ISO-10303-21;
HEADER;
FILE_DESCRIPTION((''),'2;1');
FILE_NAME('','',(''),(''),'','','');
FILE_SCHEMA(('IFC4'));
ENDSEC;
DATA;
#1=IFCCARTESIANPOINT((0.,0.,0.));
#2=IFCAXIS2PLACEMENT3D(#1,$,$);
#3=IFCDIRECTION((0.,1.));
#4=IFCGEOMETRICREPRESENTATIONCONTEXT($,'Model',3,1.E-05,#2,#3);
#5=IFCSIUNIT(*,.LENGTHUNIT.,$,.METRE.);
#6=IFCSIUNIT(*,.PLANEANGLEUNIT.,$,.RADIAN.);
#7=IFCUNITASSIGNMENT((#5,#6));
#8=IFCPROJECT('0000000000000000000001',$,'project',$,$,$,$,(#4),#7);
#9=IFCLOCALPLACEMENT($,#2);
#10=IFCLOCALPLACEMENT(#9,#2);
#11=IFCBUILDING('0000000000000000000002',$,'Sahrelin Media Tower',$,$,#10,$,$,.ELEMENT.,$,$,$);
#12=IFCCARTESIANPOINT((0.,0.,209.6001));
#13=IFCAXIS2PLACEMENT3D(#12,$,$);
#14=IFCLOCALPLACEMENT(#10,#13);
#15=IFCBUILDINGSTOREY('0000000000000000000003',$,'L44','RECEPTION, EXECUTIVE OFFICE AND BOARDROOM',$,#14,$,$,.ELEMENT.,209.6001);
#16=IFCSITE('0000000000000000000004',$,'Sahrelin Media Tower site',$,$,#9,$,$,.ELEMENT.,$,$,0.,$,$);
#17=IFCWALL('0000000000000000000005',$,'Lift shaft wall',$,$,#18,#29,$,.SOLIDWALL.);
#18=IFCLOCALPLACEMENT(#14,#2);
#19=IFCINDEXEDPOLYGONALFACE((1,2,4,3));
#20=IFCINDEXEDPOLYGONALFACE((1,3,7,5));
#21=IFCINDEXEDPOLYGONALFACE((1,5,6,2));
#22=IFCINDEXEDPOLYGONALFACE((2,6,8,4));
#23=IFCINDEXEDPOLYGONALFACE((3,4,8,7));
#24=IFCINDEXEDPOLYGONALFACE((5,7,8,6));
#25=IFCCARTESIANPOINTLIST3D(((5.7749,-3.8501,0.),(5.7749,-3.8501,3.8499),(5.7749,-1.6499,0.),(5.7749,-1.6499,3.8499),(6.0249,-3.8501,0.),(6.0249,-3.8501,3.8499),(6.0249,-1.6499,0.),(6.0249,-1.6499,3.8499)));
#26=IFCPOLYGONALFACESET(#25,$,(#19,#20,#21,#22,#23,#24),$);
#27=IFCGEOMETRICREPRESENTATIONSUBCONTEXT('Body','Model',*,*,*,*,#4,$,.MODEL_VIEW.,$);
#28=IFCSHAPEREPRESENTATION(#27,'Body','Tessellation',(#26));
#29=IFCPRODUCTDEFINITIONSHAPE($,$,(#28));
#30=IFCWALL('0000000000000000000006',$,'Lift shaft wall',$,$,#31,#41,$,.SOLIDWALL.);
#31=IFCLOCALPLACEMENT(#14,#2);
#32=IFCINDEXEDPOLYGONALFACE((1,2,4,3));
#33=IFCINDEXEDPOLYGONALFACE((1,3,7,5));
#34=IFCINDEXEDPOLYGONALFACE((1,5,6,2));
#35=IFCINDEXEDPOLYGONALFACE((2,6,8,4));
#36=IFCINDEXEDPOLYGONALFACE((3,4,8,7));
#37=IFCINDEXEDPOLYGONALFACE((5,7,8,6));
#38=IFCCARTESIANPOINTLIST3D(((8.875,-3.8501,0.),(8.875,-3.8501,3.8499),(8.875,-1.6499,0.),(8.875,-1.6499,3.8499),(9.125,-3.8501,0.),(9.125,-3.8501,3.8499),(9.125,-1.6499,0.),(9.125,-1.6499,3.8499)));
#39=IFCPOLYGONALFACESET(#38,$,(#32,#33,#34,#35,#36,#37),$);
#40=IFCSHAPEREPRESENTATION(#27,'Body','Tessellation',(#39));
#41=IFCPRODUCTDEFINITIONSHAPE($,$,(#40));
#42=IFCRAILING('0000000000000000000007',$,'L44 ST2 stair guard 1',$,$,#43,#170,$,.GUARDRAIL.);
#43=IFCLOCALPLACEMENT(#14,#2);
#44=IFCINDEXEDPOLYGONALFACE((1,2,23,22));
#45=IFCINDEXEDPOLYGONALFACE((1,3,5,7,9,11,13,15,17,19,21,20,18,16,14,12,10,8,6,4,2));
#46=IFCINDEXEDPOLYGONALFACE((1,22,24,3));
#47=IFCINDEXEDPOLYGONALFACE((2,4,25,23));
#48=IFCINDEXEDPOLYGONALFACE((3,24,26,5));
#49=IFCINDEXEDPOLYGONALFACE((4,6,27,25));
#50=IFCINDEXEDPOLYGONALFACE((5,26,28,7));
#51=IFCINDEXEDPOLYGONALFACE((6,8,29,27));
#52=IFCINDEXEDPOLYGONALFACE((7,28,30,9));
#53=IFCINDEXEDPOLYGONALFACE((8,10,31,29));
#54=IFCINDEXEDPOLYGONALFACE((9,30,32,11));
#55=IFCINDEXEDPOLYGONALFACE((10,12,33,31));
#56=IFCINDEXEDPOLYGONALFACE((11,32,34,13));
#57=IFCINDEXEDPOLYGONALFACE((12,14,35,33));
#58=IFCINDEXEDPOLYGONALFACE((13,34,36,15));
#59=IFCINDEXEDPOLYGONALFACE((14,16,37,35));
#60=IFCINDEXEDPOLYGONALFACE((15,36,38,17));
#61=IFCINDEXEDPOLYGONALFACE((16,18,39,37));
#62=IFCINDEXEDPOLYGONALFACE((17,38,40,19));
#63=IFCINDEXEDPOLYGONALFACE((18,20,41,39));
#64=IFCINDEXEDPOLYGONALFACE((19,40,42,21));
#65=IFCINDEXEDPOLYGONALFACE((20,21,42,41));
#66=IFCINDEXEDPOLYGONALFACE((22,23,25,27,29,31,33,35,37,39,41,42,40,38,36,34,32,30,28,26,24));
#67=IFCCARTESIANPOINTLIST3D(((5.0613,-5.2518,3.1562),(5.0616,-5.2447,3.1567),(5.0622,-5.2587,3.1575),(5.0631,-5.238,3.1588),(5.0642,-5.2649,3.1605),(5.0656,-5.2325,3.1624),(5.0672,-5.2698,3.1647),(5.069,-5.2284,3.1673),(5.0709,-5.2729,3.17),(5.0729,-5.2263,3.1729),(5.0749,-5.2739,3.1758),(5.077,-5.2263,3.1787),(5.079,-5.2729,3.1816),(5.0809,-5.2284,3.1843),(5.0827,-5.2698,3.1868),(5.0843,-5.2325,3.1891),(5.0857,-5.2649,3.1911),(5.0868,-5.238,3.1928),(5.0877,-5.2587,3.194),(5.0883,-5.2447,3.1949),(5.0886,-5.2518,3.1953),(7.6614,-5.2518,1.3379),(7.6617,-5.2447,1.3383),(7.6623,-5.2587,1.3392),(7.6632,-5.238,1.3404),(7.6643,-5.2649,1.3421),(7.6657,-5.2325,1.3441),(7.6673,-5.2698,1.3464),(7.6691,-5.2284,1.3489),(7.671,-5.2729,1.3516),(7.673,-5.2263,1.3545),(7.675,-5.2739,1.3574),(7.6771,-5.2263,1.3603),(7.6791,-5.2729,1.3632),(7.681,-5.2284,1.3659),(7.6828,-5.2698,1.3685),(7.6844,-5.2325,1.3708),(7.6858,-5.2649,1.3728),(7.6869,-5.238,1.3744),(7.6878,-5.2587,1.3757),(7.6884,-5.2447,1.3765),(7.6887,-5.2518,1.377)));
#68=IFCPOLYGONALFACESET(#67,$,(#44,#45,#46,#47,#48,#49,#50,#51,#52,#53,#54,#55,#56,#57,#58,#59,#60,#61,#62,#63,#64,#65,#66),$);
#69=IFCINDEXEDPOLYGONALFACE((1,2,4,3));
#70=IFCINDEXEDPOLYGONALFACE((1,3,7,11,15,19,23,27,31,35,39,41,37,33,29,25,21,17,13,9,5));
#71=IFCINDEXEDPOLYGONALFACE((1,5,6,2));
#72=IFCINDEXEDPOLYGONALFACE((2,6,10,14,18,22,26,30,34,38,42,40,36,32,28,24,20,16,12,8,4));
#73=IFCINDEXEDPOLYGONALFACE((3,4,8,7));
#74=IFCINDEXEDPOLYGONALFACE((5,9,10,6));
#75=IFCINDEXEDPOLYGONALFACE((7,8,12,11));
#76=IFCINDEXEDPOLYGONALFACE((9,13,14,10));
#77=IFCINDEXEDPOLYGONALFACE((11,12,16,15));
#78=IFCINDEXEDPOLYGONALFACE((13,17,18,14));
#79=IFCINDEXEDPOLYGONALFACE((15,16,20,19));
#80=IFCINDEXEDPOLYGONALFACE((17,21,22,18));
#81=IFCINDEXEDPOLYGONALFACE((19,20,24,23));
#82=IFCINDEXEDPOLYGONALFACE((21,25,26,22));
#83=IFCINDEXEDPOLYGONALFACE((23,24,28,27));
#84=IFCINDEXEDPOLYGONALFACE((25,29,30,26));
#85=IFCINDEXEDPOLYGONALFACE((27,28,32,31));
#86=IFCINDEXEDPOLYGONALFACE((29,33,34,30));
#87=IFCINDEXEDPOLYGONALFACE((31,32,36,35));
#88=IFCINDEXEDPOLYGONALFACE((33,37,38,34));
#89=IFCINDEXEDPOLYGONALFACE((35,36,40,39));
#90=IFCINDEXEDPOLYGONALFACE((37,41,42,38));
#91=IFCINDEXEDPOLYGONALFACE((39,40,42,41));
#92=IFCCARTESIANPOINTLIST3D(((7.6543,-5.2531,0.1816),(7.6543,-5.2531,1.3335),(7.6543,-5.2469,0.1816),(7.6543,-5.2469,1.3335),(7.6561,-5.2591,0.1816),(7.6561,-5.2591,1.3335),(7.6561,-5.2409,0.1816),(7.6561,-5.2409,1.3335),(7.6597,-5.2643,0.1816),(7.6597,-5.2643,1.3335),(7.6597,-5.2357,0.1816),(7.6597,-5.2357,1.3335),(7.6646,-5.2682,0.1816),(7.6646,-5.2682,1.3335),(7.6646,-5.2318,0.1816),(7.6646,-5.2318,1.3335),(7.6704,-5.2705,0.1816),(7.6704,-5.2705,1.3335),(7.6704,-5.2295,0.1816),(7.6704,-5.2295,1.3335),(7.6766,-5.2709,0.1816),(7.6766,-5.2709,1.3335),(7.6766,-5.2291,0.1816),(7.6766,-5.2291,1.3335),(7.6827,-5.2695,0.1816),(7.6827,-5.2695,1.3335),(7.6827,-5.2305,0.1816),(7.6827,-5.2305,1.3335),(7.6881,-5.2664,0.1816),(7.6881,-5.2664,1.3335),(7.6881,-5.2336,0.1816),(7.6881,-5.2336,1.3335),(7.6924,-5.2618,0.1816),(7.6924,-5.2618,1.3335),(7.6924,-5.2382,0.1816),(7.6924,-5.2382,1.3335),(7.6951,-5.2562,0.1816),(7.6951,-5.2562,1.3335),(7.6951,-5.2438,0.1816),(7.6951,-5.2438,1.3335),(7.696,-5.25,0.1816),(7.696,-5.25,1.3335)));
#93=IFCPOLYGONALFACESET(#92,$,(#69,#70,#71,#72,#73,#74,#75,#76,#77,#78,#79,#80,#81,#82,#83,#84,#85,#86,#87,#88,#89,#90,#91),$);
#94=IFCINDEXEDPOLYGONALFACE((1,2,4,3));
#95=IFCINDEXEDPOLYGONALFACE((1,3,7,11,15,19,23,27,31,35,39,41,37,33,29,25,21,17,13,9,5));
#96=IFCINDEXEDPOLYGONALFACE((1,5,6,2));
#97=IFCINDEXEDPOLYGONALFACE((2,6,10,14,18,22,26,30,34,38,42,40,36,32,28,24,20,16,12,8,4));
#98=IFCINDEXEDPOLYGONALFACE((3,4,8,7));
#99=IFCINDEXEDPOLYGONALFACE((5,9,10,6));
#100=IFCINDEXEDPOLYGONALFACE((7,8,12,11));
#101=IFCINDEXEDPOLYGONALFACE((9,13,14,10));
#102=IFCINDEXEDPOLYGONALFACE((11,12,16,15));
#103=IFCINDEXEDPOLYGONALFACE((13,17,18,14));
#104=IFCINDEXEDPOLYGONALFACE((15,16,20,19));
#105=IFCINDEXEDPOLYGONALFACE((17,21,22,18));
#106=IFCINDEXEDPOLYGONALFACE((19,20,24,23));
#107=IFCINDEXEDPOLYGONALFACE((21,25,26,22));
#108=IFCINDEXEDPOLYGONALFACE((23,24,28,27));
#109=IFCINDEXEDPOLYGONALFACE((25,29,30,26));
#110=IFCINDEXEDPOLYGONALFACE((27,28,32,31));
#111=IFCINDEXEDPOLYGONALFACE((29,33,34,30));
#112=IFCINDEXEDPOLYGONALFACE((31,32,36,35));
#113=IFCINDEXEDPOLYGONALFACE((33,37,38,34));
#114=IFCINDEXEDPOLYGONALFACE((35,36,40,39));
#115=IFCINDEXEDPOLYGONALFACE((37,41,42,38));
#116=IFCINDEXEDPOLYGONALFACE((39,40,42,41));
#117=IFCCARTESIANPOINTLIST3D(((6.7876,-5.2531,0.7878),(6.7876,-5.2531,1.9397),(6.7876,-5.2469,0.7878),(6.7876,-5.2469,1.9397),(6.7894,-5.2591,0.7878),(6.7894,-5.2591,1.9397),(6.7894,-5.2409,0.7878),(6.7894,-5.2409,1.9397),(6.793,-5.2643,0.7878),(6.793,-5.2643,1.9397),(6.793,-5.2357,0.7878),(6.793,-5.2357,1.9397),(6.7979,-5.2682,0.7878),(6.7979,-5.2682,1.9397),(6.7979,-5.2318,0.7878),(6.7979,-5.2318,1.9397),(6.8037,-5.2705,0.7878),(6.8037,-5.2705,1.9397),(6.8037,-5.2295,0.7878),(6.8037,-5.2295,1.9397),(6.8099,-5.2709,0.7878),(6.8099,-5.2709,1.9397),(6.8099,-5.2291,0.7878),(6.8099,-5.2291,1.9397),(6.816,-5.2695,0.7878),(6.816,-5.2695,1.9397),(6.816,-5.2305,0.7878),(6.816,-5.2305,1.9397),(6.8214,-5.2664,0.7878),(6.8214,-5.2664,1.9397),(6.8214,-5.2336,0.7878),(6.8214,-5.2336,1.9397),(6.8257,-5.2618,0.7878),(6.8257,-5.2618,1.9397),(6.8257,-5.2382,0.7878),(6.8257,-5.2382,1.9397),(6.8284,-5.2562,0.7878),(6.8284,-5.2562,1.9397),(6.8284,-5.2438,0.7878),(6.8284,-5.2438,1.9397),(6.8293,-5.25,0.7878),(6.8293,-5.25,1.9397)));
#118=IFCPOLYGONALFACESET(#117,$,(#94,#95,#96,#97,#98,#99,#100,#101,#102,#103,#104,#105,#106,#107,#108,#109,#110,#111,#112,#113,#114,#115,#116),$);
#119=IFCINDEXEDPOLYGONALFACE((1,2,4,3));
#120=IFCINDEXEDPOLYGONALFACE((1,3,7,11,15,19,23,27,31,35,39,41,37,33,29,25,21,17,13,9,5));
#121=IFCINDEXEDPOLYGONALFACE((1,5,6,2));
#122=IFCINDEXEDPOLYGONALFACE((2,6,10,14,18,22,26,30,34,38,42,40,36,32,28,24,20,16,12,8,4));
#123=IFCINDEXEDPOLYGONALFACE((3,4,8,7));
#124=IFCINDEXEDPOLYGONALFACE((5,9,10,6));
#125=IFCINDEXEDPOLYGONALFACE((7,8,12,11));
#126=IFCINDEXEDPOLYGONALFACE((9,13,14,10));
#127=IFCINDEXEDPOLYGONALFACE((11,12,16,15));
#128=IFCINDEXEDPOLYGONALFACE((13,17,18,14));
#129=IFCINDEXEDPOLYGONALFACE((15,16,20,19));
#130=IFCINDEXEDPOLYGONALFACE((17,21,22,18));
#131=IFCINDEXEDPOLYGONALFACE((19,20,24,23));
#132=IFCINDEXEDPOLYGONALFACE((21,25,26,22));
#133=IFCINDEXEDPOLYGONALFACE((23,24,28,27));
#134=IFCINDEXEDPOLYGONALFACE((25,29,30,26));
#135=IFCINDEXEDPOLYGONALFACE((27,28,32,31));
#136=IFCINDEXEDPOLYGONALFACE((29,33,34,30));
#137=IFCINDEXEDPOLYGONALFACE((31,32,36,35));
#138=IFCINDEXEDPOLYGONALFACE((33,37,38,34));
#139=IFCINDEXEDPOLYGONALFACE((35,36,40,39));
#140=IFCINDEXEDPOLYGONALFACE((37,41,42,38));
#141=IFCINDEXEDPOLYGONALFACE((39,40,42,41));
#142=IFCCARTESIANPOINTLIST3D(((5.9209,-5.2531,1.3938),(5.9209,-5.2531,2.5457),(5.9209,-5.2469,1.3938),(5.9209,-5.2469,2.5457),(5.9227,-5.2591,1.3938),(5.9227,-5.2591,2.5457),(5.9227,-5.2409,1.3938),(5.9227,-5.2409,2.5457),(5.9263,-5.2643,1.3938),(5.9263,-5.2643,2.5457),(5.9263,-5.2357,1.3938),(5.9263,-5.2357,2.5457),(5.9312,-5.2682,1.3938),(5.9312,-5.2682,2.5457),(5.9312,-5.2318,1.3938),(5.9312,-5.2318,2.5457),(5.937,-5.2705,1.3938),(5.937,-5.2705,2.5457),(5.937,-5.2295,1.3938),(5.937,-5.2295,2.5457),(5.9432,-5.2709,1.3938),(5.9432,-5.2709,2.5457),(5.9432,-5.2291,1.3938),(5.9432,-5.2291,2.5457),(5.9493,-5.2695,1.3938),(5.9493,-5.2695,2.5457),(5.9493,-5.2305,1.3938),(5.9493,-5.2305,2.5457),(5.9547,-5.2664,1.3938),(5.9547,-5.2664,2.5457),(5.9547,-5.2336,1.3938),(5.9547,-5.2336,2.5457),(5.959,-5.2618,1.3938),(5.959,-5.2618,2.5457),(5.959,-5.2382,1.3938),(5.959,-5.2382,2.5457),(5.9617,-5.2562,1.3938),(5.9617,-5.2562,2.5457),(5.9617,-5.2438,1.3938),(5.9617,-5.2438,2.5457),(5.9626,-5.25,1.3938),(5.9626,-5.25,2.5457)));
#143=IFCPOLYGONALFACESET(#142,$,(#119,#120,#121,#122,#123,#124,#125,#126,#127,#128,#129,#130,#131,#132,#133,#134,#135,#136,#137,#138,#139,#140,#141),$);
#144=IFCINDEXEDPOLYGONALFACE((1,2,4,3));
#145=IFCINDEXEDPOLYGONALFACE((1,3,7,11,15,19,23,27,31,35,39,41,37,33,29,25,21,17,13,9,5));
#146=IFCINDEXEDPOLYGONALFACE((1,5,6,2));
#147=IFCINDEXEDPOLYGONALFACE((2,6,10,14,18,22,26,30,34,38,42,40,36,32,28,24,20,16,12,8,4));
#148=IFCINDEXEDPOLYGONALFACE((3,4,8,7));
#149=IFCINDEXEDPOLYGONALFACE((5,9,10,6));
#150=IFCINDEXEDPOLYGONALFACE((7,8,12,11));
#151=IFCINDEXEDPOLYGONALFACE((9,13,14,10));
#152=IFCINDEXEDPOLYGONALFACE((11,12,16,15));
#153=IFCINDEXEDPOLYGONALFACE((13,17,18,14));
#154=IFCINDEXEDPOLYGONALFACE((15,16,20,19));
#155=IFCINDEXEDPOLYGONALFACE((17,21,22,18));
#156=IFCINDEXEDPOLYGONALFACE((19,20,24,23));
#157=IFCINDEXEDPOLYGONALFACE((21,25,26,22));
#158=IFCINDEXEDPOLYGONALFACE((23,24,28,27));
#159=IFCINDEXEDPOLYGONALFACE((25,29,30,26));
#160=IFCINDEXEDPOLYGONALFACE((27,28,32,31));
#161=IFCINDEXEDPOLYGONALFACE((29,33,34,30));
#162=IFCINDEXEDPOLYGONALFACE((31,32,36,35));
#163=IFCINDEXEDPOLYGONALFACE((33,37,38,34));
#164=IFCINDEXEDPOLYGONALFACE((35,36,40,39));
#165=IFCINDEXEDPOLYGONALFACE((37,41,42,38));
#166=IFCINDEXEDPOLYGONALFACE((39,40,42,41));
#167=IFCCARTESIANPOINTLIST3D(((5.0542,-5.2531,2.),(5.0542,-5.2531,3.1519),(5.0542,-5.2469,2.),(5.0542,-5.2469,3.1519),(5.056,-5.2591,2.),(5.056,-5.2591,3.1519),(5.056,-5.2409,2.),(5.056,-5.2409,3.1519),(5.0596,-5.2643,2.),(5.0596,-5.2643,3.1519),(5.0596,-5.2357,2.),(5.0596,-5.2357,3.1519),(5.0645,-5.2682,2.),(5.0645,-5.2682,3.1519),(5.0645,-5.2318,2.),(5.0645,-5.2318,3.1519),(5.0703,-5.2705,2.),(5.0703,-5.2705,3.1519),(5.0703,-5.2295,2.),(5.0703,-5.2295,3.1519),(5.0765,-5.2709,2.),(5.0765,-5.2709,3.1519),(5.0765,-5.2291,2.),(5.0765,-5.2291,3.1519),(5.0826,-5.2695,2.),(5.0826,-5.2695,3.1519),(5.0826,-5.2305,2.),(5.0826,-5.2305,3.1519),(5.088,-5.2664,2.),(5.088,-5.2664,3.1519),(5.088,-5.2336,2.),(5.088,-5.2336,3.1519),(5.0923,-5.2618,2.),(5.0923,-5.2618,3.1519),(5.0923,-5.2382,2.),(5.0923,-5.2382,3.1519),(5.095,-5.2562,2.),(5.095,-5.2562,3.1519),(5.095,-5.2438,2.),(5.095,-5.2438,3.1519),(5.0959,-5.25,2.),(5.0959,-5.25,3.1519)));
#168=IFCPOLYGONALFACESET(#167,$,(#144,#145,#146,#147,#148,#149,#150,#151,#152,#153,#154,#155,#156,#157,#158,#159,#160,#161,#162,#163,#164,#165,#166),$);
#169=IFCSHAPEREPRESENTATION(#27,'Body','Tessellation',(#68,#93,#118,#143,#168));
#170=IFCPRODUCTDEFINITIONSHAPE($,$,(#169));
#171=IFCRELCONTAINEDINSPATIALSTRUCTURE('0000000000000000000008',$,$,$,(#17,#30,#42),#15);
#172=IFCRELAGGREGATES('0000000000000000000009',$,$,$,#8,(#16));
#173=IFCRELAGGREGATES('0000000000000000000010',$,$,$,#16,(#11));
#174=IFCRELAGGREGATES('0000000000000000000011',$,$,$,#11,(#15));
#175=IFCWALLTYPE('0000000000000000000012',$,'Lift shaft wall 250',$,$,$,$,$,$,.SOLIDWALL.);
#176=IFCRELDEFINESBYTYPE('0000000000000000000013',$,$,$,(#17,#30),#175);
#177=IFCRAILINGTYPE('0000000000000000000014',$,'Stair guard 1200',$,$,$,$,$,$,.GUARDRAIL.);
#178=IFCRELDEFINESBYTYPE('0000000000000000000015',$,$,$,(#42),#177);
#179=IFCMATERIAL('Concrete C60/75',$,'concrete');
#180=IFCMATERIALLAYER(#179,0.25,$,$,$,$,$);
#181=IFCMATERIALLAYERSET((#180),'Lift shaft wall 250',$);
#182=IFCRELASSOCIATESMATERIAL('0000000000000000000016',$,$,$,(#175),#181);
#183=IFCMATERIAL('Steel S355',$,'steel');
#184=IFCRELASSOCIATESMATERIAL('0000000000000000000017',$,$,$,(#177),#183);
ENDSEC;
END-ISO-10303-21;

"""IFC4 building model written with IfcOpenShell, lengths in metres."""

from ifc_helpers import new_model, si_unit, direction, frame, frame_2d, origin, origin_2d, place, context, subcontext, project, spatial, rectangle, circle, extrude, material, layer, layer_set, type_object, element, save


model = new_model("IFC4")

# Units and contexts
model_context = context("Model", 3, precision=1e-05, world=origin(), true_north=direction((0.0, 1.0)))
body_context = subcontext(model_context, "Body", "Model", "MODEL_VIEW")
ifc_project = project(units=[si_unit("LENGTHUNIT", "METRE"), si_unit("PLANEANGLEUNIT", "RADIAN")], contexts=[model_context])

# Site, building, storey
site_placement = place(None, origin())
site = spatial("IfcSite", under=ifc_project, at=site_placement, Name="Sahrelin Media Tower site", CompositionType="ELEMENT", RefElevation=0.0)
building_placement = place(site_placement, origin())
building = spatial("IfcBuilding", under=site, at=building_placement, Name="Sahrelin Media Tower", CompositionType="ELEMENT")
storey_placement = place(building_placement, frame((0.0, 0.0, 209.6001)))
storey = spatial("IfcBuildingStorey", under=building, at=storey_placement, Name="L44", Description="RECEPTION, EXECUTIVE OFFICE AND BOARDROOM", CompositionType="ELEMENT", Elevation=209.6001)

# Shared definitions
ifc_material_1 = material(Name="Steel S355", Category="steel")

# Shared definitions
ifc_material_2 = material(Name="Concrete C60/75", Category="concrete")

# Walls
ifc_layer_1 = layer(ifc_material_2, 0.25)
ifc_layer_set_1 = layer_set([ifc_layer_1], Name="Lift shaft wall 250")
wall_type_1 = type_object("IfcWallType", Name="Lift shaft wall 250", PredefinedType="SOLIDWALL", material=ifc_layer_set_1)
for number, where, z_axis, x_axis, name in (
    (1, (5.8999, -3.8501, 0.0), (0.0, 0.0, 1.0), (0.0, 1.0, 0.0), "Lift shaft wall"),
    (2, (9.0, -3.8501, 0.0), (0.0, 0.0, 1.0), (0.0, 1.0, 0.0), "Lift shaft wall"),
):
    element("IfcWall", number, at=place(storey_placement, frame(where, z_axis=z_axis, x_axis=x_axis)), inside=storey, type_object=wall_type_1, Name=name, PredefinedType="SOLIDWALL", context=body_context, shape_type="SweptSolid", body=[
        extrude(rectangle(XDim=2.2002, YDim=0.25, at=frame_2d((1.1001, 0.0))), origin(), (0.0, 0.0, 1.0), 3.8499),
    ])

# Railing
railing_type_1 = type_object("IfcRailingType", Name="Stair guard 1200", PredefinedType="GUARDRAIL", material=ifc_material_1)
railing_1_placement = place(storey_placement, frame((7.675, -5.25, 0.1816)))
element("IfcRailing", 3, at=railing_1_placement, inside=storey, type_object=railing_type_1, Name="L44 ST2 stair guard 1", PredefinedType="GUARDRAIL", context=body_context, shape_type="SweptSolid", body=[
    extrude(circle(Radius=0.0239, at=origin_2d()), frame((0.0, 0.0, 1.1758), z_axis=(-0.819485, 0.0, 0.573101), x_axis=(0.0, -1.0, 0.0)), (0.0, 0.0, 1.0), 3.1729),
    extrude(circle(Radius=0.021, at=origin_2d()), origin(), (0.0, 0.0, 1.0), 1.1519),
    extrude(circle(Radius=0.021, at=origin_2d()), frame((-0.8667, 0.0, 0.6062)), (0.0, 0.0, 1.0), 1.1519),
    extrude(circle(Radius=0.021, at=origin_2d()), frame((-1.7334, 0.0, 1.2122)), (0.0, 0.0, 1.0), 1.1519),
    extrude(circle(Radius=0.021, at=origin_2d()), frame((-2.6001, 0.0, 1.8184)), (0.0, 0.0, 1.0), 1.1519),
])

save(model, "model.ifc")
